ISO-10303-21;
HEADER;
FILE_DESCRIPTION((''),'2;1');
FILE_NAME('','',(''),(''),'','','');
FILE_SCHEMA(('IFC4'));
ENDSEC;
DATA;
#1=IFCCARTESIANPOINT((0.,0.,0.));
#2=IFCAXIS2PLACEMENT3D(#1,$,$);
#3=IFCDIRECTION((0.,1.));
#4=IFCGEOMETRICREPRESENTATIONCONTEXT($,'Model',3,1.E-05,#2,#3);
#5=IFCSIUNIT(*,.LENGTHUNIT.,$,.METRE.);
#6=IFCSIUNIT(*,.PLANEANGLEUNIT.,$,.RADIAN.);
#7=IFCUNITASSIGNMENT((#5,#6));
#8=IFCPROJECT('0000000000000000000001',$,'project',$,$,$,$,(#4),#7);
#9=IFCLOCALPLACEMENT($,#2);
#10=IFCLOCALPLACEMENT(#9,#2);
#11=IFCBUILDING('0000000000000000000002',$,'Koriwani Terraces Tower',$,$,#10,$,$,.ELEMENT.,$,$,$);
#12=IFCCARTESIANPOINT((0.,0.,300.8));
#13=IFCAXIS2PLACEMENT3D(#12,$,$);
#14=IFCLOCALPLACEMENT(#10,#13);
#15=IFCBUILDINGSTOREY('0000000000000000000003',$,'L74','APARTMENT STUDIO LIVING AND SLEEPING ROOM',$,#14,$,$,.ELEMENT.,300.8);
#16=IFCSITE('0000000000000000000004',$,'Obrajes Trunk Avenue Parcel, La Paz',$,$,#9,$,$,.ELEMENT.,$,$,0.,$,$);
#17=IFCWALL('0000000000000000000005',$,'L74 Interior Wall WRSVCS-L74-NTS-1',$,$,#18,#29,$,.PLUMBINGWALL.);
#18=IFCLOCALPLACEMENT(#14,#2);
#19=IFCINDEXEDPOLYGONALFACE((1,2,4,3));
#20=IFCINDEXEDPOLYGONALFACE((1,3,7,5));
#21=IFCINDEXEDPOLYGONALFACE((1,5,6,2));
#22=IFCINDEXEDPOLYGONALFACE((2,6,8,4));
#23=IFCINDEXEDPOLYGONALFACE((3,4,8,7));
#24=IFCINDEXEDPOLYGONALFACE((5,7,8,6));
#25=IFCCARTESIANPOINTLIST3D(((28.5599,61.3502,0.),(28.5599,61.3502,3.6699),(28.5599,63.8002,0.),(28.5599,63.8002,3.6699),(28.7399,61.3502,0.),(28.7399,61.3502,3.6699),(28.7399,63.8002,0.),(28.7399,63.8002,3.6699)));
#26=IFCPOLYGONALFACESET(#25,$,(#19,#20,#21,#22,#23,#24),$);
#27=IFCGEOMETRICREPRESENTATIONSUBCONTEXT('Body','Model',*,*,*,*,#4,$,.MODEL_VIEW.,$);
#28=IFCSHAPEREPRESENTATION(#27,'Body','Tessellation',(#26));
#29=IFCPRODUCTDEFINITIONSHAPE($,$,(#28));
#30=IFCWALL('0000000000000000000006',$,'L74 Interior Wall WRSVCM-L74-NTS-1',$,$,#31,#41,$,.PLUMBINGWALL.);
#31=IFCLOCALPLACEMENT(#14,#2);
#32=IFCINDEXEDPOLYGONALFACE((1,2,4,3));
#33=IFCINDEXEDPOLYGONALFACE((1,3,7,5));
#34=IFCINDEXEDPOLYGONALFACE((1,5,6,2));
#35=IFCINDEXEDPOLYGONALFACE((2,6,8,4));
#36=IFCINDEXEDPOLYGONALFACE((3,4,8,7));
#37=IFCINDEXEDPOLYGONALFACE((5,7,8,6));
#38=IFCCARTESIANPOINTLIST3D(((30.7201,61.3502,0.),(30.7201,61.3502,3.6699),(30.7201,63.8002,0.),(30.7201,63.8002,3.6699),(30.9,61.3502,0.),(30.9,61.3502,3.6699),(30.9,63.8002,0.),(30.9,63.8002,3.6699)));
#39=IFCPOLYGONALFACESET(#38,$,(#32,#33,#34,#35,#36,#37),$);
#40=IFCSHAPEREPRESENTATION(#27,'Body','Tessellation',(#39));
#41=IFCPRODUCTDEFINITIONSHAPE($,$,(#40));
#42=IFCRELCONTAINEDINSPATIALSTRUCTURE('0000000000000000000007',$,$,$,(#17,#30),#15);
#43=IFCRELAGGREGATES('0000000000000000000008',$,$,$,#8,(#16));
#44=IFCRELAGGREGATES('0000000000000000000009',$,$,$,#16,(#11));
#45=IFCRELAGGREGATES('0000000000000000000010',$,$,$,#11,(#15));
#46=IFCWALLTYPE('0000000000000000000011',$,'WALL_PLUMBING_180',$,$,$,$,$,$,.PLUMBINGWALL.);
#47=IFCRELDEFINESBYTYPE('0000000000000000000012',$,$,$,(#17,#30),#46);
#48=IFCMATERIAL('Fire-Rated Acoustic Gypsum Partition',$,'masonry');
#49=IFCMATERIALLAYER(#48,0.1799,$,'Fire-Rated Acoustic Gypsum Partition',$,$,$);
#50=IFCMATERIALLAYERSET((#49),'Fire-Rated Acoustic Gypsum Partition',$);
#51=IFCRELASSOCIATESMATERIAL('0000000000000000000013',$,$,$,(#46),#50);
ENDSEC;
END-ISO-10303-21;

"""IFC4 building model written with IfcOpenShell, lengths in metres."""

from ifc_helpers import new_model, si_unit, direction, frame, frame_2d, origin, place, context, subcontext, project, spatial, rectangle, extrude, material, layer, layer_set, type_object, element, save


model = new_model("IFC4")

# Units and contexts
model_context = context("Model", 3, precision=1e-05, world=origin(), true_north=direction((0.0, 1.0)))
body_context = subcontext(model_context, "Body", "Model", "MODEL_VIEW")
ifc_project = project(units=[si_unit("LENGTHUNIT", "METRE"), si_unit("PLANEANGLEUNIT", "RADIAN")], contexts=[model_context])

# Site, building, storey
site_placement = place(None, origin())
site = spatial("IfcSite", under=ifc_project, at=site_placement, Name="Obrajes Trunk Avenue Parcel, La Paz", CompositionType="ELEMENT", RefElevation=0.0)
building_placement = place(site_placement, origin())
building = spatial("IfcBuilding", under=site, at=building_placement, Name="Koriwani Terraces Tower", CompositionType="ELEMENT")
storey_placement = place(building_placement, frame((0.0, 0.0, 300.8)))
storey = spatial("IfcBuildingStorey", under=building, at=storey_placement, Name="L74", Description="APARTMENT STUDIO LIVING AND SLEEPING ROOM", CompositionType="ELEMENT", Elevation=300.8)

# Shared definitions
ifc_material_1 = material(Name="Fire-Rated Acoustic Gypsum Partition", Category="masonry")
ifc_layer_1 = layer(ifc_material_1, 0.1799, Name="Fire-Rated Acoustic Gypsum Partition")
ifc_layer_set_1 = layer_set([ifc_layer_1], Name="Fire-Rated Acoustic Gypsum Partition")
wall_type_1 = type_object("IfcWallType", Name="WALL_PLUMBING_180", PredefinedType="PLUMBINGWALL", material=ifc_layer_set_1)

# Walls
for number, where, z_axis, x_axis, name in (
    (1, (28.6499, 61.3501, 0.0), (0.0, 0.0, 1.0), (0.0, 1.0, 0.0), "L74 Interior Wall WRSVCS-L74-NTS-1"),
    (2, (30.8101, 61.3501, 0.0), (0.0, 0.0, 1.0), (0.0, 1.0, 0.0), "L74 Interior Wall WRSVCM-L74-NTS-1"),
):
    element("IfcWall", number, at=place(storey_placement, frame(where, z_axis=z_axis, x_axis=x_axis)), inside=storey, type_object=wall_type_1, Name=name, PredefinedType="PLUMBINGWALL", context=body_context, shape_type="SweptSolid", body=[
        extrude(rectangle(XDim=2.45, YDim=0.1799, at=frame_2d((1.2251, 0.0))), origin(), (0.0, 0.0, 1.0), 3.6699),
    ])

save(model, "model.ifc")
